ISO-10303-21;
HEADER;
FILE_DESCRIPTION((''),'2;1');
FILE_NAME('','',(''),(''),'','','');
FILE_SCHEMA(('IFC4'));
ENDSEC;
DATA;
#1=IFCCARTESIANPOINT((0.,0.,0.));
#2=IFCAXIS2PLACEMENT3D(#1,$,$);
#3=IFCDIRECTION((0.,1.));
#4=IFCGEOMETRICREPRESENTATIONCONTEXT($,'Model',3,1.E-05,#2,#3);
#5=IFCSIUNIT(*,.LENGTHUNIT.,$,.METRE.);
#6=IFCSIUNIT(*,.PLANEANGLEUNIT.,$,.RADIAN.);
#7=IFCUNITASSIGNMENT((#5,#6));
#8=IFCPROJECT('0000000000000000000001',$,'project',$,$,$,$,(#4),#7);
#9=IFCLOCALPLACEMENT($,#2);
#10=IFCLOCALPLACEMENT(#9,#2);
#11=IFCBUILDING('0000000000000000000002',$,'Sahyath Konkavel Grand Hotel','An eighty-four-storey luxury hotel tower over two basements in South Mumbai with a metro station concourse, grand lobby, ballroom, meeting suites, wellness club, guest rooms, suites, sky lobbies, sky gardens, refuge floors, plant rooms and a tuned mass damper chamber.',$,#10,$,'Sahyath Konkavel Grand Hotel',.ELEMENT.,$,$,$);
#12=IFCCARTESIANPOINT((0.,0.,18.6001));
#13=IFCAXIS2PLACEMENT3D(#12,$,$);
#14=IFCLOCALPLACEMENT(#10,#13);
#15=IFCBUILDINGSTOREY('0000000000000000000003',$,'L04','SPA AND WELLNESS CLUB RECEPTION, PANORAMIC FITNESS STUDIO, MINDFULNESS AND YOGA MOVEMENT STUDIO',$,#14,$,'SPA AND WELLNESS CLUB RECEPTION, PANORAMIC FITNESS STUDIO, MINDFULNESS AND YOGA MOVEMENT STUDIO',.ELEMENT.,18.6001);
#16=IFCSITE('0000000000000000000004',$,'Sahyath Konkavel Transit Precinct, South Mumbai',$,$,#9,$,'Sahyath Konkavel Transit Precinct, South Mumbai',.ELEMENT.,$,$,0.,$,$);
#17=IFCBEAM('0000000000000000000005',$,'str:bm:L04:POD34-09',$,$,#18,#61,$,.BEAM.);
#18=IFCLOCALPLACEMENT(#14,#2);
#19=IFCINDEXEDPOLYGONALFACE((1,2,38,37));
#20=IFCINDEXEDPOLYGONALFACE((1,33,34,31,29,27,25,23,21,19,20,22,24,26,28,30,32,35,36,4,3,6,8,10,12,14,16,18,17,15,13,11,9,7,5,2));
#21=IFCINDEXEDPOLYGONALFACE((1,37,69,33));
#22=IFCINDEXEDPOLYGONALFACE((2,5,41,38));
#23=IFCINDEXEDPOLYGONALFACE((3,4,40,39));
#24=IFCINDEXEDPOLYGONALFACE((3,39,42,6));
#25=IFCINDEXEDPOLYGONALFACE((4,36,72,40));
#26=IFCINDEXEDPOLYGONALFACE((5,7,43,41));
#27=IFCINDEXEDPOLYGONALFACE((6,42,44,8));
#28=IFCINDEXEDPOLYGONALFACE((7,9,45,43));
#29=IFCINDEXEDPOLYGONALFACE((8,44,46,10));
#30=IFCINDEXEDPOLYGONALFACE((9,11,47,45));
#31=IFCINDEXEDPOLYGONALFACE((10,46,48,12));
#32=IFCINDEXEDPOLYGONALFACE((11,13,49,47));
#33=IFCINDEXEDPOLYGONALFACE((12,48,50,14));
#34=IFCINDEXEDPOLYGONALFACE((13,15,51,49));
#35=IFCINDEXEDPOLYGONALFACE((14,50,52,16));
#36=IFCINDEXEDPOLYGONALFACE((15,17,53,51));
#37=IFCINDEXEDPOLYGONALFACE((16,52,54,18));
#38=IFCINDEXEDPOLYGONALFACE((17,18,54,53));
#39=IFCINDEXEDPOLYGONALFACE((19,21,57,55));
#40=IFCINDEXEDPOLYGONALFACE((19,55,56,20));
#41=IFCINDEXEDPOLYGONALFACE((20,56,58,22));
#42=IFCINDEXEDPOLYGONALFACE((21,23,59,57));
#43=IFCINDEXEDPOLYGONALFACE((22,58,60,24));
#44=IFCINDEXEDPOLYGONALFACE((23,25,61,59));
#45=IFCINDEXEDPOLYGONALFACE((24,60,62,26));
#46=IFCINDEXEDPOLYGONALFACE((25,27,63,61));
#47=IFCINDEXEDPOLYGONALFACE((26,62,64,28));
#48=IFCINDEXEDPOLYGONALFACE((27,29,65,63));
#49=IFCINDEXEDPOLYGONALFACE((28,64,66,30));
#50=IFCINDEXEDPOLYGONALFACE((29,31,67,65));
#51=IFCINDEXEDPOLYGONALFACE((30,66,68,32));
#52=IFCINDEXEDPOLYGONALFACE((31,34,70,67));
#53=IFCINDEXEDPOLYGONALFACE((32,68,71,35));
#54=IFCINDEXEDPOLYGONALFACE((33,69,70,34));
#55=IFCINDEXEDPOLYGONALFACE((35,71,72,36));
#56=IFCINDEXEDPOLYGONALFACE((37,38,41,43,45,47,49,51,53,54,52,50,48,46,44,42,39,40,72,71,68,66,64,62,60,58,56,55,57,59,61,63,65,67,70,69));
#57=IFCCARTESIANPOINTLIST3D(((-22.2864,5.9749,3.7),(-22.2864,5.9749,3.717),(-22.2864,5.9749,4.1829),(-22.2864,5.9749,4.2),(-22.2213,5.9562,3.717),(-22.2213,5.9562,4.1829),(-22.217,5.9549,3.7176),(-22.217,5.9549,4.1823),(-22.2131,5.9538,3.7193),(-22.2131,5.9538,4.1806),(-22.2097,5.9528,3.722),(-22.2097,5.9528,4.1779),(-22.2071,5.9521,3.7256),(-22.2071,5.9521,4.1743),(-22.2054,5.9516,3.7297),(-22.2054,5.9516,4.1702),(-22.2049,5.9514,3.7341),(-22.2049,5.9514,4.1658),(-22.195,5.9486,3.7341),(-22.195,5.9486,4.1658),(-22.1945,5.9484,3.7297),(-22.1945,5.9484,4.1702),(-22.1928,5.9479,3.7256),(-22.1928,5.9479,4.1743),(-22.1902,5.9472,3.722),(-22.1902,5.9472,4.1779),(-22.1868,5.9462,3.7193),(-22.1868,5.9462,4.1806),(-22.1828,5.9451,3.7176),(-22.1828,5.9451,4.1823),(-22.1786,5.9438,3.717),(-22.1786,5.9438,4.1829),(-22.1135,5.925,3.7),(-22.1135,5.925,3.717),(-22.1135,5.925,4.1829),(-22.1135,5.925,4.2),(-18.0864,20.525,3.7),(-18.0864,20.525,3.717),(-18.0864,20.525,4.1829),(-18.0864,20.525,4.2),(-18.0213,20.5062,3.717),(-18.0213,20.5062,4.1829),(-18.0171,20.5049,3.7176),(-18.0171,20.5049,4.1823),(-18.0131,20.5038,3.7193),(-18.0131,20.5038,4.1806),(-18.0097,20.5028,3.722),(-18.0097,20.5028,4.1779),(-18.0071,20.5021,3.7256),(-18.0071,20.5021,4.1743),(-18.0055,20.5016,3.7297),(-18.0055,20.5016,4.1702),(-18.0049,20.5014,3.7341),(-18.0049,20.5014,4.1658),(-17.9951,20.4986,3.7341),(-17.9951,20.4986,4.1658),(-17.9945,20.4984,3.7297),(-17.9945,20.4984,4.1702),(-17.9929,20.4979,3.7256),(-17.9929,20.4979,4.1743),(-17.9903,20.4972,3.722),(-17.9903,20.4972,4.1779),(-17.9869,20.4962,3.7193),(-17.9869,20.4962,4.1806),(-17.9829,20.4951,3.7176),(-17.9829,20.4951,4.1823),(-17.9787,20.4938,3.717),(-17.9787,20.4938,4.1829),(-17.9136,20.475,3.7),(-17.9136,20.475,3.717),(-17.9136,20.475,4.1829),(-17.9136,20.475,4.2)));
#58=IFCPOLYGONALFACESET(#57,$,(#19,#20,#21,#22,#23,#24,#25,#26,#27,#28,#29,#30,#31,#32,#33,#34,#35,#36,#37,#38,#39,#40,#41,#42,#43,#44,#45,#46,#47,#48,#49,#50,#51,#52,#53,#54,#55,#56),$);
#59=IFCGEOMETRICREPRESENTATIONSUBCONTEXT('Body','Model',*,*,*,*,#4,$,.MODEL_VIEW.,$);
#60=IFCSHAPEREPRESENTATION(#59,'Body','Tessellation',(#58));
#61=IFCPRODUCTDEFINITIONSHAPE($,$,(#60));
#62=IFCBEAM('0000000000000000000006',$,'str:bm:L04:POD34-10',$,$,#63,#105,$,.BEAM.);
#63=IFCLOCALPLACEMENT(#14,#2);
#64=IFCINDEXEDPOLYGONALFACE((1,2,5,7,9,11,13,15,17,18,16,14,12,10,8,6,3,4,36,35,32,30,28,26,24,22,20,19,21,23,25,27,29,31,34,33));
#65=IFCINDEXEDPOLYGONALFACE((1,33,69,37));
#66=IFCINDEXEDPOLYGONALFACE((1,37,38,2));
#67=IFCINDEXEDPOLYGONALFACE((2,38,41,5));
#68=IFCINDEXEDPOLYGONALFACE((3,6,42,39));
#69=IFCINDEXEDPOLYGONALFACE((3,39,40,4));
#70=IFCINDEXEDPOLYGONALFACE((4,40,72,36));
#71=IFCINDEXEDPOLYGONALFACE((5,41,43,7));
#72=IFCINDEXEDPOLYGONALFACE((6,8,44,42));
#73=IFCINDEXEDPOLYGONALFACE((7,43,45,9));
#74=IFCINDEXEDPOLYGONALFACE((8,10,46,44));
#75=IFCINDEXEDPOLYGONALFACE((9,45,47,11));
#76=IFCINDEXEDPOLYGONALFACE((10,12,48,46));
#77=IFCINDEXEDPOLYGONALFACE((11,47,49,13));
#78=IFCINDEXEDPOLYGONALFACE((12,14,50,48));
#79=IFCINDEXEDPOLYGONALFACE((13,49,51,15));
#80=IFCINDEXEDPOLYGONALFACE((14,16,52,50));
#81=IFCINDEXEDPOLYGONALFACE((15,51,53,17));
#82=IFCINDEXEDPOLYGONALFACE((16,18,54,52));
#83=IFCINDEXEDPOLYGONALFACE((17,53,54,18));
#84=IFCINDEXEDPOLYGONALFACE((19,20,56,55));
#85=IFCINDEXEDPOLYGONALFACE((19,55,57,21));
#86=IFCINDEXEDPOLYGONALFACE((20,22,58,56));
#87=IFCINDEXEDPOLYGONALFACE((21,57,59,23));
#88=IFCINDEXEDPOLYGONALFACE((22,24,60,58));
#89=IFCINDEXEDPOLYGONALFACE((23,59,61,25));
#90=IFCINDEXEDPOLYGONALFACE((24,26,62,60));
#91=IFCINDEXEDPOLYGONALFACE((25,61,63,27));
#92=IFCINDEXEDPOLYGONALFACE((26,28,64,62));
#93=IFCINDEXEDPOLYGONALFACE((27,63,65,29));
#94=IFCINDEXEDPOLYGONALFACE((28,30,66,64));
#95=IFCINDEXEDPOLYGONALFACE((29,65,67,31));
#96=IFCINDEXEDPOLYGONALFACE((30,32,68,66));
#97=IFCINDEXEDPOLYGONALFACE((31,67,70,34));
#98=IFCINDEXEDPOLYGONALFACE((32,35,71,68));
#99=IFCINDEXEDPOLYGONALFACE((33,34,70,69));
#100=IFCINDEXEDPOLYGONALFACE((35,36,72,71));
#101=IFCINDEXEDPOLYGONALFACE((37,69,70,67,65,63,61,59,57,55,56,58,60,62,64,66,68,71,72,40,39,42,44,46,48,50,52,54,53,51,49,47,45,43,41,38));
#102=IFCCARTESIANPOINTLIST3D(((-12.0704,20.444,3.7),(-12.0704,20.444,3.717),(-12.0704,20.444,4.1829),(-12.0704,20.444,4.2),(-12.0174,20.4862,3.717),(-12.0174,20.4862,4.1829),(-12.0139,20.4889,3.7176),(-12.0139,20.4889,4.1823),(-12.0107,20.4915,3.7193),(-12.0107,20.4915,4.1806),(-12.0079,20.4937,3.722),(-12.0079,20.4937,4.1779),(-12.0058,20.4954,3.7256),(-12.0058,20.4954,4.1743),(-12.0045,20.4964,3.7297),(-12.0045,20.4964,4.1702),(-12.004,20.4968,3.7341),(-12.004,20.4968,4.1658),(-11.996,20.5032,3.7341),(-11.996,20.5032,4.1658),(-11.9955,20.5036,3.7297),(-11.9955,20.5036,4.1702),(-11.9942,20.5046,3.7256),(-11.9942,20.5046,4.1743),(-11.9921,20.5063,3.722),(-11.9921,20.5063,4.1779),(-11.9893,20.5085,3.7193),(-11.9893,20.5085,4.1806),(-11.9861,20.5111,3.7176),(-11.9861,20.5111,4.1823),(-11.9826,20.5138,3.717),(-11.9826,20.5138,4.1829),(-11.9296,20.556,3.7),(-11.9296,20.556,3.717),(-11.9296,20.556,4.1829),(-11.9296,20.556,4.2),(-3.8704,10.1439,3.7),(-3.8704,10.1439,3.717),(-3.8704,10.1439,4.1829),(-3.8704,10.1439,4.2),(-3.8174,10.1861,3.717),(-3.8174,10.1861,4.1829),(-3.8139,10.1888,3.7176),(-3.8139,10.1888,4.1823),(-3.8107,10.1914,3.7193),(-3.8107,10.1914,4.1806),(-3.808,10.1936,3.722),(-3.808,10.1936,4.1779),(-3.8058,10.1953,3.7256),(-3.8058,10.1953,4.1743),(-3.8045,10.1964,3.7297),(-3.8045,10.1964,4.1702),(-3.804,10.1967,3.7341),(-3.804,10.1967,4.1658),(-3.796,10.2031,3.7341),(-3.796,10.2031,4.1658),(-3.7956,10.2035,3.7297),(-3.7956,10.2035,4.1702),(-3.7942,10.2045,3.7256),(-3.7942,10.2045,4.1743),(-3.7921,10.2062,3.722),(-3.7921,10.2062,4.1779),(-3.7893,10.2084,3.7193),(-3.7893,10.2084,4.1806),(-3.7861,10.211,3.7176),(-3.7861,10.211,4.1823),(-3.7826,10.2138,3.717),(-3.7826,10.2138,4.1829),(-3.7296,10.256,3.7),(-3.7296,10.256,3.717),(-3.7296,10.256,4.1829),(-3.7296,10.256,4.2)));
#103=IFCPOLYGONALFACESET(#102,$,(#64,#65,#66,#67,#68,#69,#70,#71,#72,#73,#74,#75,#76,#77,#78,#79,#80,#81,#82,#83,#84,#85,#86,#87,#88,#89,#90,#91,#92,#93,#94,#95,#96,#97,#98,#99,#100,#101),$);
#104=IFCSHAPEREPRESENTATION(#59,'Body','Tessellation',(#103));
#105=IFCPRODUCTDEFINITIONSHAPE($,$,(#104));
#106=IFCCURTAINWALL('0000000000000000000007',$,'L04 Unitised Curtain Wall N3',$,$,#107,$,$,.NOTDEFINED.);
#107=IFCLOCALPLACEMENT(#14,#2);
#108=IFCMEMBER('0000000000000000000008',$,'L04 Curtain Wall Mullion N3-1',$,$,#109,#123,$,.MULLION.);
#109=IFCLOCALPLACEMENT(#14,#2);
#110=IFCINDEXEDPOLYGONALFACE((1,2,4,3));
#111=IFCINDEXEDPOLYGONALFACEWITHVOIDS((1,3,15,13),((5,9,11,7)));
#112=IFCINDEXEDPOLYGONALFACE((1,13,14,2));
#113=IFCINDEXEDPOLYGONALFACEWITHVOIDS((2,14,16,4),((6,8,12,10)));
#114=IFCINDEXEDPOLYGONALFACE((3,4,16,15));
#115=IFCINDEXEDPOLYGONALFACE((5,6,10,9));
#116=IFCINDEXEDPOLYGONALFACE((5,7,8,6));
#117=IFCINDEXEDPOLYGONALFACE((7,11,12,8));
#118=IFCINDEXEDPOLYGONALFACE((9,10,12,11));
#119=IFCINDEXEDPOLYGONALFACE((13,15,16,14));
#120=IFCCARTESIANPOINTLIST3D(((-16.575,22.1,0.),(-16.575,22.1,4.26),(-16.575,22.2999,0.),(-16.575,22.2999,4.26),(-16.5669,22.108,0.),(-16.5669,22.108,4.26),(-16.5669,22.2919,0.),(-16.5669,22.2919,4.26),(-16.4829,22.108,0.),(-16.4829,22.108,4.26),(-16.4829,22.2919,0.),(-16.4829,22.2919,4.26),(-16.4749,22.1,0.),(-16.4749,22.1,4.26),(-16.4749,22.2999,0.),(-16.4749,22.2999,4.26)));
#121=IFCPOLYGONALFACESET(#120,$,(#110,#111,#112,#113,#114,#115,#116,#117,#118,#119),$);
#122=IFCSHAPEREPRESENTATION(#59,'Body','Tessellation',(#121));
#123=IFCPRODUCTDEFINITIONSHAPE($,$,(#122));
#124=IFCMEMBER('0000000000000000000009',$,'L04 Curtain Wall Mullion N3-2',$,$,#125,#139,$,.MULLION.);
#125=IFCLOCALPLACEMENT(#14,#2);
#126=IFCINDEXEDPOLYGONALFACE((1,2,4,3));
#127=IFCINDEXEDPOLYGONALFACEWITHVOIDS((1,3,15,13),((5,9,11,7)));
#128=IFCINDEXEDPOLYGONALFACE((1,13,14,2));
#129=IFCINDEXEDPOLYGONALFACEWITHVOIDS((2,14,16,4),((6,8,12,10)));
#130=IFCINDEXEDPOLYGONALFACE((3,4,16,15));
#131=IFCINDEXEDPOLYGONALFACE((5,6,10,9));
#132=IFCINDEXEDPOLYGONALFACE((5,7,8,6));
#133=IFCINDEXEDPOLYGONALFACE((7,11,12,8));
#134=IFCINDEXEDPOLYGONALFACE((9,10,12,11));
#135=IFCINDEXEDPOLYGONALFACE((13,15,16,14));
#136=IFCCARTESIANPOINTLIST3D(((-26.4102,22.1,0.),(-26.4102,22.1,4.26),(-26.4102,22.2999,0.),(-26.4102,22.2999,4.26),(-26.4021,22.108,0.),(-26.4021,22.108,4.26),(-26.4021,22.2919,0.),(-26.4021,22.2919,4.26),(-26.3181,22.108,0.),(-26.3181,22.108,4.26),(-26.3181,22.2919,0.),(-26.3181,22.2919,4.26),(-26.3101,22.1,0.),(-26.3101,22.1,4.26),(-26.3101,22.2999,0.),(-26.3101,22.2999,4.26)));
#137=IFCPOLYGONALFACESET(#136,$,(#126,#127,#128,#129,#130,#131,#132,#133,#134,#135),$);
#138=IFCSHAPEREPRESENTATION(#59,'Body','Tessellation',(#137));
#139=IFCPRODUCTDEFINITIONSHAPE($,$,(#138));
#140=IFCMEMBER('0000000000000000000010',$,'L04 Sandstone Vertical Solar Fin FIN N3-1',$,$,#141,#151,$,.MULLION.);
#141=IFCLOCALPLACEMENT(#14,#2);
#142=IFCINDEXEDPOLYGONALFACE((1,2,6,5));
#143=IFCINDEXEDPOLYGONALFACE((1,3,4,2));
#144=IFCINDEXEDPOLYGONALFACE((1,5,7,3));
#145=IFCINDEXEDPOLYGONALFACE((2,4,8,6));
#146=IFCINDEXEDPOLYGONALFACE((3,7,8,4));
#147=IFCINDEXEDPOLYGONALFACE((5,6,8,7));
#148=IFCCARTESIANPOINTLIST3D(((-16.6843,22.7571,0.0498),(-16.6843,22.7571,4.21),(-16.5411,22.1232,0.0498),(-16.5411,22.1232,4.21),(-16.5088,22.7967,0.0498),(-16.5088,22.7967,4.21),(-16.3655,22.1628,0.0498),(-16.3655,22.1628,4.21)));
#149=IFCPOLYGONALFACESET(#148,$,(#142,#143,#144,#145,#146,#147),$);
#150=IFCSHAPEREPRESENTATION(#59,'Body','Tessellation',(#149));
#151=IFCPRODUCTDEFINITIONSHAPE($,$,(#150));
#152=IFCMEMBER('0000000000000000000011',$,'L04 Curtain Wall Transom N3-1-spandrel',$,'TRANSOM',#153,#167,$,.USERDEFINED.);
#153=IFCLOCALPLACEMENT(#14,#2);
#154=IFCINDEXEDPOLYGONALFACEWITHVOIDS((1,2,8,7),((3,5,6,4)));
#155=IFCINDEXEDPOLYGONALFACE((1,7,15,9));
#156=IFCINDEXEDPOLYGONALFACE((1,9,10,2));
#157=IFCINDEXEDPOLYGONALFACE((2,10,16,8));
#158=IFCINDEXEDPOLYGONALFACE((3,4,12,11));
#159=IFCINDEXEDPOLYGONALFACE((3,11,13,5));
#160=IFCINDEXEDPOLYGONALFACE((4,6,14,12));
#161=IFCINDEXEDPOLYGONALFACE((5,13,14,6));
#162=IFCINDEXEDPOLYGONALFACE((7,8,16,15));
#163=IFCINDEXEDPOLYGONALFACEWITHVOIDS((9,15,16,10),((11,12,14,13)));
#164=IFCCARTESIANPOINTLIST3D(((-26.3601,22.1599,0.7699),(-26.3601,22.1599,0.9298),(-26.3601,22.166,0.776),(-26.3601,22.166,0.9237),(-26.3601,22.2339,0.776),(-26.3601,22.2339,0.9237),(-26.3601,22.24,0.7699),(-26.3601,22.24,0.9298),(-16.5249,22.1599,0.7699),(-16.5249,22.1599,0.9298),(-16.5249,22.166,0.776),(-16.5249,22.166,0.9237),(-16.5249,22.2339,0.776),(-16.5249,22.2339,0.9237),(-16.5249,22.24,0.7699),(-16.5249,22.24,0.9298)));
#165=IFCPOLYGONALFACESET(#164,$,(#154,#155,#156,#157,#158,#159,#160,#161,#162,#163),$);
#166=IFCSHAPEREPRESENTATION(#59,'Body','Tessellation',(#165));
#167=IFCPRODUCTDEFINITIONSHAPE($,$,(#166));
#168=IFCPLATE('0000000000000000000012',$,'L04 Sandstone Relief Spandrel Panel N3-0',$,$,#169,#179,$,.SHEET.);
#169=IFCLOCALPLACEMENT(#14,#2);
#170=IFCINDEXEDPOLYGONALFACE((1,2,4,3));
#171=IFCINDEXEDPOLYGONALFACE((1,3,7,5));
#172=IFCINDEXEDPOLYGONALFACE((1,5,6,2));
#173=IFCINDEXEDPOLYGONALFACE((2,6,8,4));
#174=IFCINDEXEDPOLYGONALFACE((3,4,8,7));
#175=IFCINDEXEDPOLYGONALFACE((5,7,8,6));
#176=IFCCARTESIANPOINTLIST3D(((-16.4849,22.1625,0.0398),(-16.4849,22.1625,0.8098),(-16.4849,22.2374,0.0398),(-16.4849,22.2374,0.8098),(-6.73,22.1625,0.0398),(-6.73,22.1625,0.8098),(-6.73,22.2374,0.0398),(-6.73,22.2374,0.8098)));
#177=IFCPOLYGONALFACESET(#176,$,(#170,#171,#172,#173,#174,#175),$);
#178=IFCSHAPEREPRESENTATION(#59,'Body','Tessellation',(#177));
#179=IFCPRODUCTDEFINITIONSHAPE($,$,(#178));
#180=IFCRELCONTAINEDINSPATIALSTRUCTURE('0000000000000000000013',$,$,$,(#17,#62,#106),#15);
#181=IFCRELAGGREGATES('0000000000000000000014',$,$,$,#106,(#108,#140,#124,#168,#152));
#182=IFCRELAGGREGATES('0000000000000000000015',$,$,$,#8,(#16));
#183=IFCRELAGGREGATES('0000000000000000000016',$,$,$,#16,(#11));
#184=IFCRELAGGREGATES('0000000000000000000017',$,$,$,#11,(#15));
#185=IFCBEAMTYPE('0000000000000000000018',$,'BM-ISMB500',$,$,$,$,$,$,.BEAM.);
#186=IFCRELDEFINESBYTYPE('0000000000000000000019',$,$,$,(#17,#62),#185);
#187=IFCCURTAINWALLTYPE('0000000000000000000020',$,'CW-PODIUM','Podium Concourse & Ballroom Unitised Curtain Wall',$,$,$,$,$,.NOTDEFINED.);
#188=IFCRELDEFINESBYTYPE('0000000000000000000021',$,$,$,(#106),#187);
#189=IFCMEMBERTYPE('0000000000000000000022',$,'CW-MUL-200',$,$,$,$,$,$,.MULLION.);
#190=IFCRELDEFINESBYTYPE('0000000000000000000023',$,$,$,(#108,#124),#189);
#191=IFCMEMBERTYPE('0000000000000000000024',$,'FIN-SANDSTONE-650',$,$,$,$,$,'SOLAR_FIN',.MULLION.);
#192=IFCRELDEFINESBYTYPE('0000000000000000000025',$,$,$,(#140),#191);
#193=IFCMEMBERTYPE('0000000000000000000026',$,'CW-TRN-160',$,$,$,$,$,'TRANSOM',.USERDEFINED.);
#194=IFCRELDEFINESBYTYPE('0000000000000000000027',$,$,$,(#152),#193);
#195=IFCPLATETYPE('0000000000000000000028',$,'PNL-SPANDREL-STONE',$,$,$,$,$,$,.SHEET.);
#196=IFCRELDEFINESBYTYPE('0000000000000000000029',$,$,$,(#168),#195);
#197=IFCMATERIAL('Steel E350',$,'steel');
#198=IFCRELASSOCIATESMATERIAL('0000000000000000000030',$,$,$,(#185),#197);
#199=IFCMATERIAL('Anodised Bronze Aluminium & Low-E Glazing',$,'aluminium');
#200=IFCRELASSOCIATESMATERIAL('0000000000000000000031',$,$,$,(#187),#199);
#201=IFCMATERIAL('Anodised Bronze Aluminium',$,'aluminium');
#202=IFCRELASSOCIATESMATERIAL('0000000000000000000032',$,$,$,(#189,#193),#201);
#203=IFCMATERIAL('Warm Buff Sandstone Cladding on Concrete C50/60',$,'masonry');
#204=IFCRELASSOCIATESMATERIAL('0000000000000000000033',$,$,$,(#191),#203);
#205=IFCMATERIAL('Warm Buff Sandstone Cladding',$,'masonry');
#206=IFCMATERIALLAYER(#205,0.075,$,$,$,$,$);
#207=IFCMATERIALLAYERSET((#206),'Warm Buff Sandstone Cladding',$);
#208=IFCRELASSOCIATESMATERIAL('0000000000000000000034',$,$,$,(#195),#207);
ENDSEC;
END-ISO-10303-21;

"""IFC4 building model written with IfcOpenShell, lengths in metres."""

from ifc_helpers import new_model, si_unit, direction, frame, origin, origin_2d, place, context, subcontext, project, spatial, rectangle, hollow_rectangle, i_section, extrude, source, transform, mapped, material, layer, layer_set, material_profile, profile_set, type_object, element, aggregate, save


model = new_model("IFC4")

# Units and contexts
model_context = context("Model", 3, precision=1e-05, world=origin(), true_north=direction((0.0, 1.0)))
body_context = subcontext(model_context, "Body", "Model", "MODEL_VIEW")
ifc_project = project(units=[si_unit("LENGTHUNIT", "METRE"), si_unit("PLANEANGLEUNIT", "RADIAN")], contexts=[model_context])

# Site, building, storey
site_placement = place(None, origin())
site = spatial("IfcSite", under=ifc_project, at=site_placement, Name="Sahyath Konkavel Transit Precinct, South Mumbai", LongName="Sahyath Konkavel Transit Precinct, South Mumbai", CompositionType="ELEMENT", RefElevation=0.0)
building_placement = place(site_placement, origin())
building = spatial("IfcBuilding", under=site, at=building_placement, Name="Sahyath Konkavel Grand Hotel", Description="An eighty-four-storey luxury hotel tower over two basements in South Mumbai with a metro station concourse, grand lobby, ballroom, meeting suites, wellness club, guest rooms, suites, sky lobbies, sky gardens, refuge floors, plant rooms and a tuned mass damper chamber.", LongName="Sahyath Konkavel Grand Hotel", CompositionType="ELEMENT")
storey_placement = place(building_placement, frame((0.0, 0.0, 18.6001)))
storey = spatial("IfcBuildingStorey", under=building, at=storey_placement, Name="L04", Description="SPA AND WELLNESS CLUB RECEPTION, PANORAMIC FITNESS STUDIO, MINDFULNESS AND YOGA MOVEMENT STUDIO", LongName="SPA AND WELLNESS CLUB RECEPTION, PANORAMIC FITNESS STUDIO, MINDFULNESS AND YOGA MOVEMENT STUDIO", CompositionType="ELEMENT", Elevation=18.6001)

# Shared definitions
ifc_material_1 = material(Name="Steel E350", Category="steel")

# Beams
ifc_material_profile_1 = material_profile(ifc_material_1, i_section(OverallWidth=0.1799, OverallDepth=0.5, WebThickness=0.0103, FlangeThickness=0.0171, FilletRadius=0.0171, at=origin_2d()), Name="ISMB 500")
ifc_profile_set_1 = profile_set([ifc_material_profile_1], Name="Steel E350")
beam_type = type_object("IfcBeamType", Name="BM-ISMB500", PredefinedType="BEAM", material=ifc_profile_set_1)
shared_shape_1 = source(origin(), body_context, "Body", "SweptSolid", [
    extrude(i_section(OverallWidth=0.1799, OverallDepth=0.5, WebThickness=0.0103, FlangeThickness=0.0171, FilletRadius=0.0171, at=origin_2d()), origin(), (0.0, 0.0, 1.0), 15.144),
])
beam_1_placement = place(storey_placement, frame((-18.0, 20.5, 3.95), z_axis=(-0.277333, -0.960774, 0.0), x_axis=(0.960774, -0.277333, 0.0)))
element("IfcBeam", 1, at=beam_1_placement, inside=storey, type_object=beam_type, Name="str:bm:L04:POD34-09", PredefinedType="BEAM", context=body_context, shape_type="MappedRepresentation", body=[
    mapped(shared_shape_1, transform((0.0, 0.0, 0.0), scale=1.0)),
])
shared_shape_2 = source(origin(), body_context, "Body", "SweptSolid", [
    extrude(i_section(OverallWidth=0.1799, OverallDepth=0.5, WebThickness=0.0103, FlangeThickness=0.0171, FilletRadius=0.0171, at=origin_2d()), origin(), (0.0, 0.0, 1.0), 13.1655),
])
beam_2_placement = place(storey_placement, frame((-12.0, 20.5, 3.95), z_axis=(0.622837, -0.782352, 0.0), x_axis=(0.782352, 0.622837, 0.0)))
element("IfcBeam", 2, at=beam_2_placement, inside=storey, type_object=beam_type, Name="str:bm:L04:POD34-10", PredefinedType="BEAM", context=body_context, shape_type="MappedRepresentation", body=[
    mapped(shared_shape_2, transform((0.0, 0.0, 0.0), scale=1.0)),
])

# Curtain wall, members, plate
ifc_material_2 = material(Name="Anodised Bronze Aluminium & Low-E Glazing", Category="aluminium")
curtain_wall_type = type_object("IfcCurtainWallType", Name="CW-PODIUM", Description="Podium Concourse & Ballroom Unitised Curtain Wall", PredefinedType="NOTDEFINED", material=ifc_material_2)
curtain_wall_placement = place(storey_placement, origin())
curtain_wall = element("IfcCurtainWall", 3, at=curtain_wall_placement, inside=storey, type_object=curtain_wall_type, Name="L04 Unitised Curtain Wall N3", PredefinedType="NOTDEFINED")
ifc_material_3 = material(Name="Anodised Bronze Aluminium", Category="aluminium")
ifc_material_profile_2 = material_profile(ifc_material_3, hollow_rectangle(XDim=0.1001, YDim=0.2, WallThickness=0.0081, at=origin_2d()), Name="RHS 200x100x8")
ifc_profile_set_2 = profile_set([ifc_material_profile_2], Name="Anodised Bronze Aluminium")
member_type_1 = type_object("IfcMemberType", Name="CW-MUL-200", PredefinedType="MULLION", material=ifc_profile_set_2)
shared_shape_3 = source(origin(), body_context, "Body", "SweptSolid", [
    extrude(hollow_rectangle(XDim=0.1001, YDim=0.2, WallThickness=0.0081, at=origin_2d()), origin(), (0.0, 0.0, 1.0), 4.26),
])
member_1_placement = place(storey_placement, frame((-16.5249, 22.2, 0.0), z_axis=(0.0, 0.0, 1.0), x_axis=(1.0, 0.0, 0.0)))
member_1 = element("IfcMember", 4, at=member_1_placement, type_object=member_type_1, Name="L04 Curtain Wall Mullion N3-1", PredefinedType="MULLION", context=body_context, shape_type="MappedRepresentation", body=[
    mapped(shared_shape_3, transform((0.0, 0.0, 0.0), scale=1.0)),
])
member_2_placement = place(storey_placement, frame((-26.3601, 22.2, 0.0), z_axis=(0.0, 0.0, 1.0), x_axis=(1.0, 0.0, 0.0)))
member_2 = element("IfcMember", 5, at=member_2_placement, type_object=member_type_1, Name="L04 Curtain Wall Mullion N3-2", PredefinedType="MULLION", context=body_context, shape_type="MappedRepresentation", body=[
    mapped(shared_shape_3, transform((0.0, 0.0, 0.0), scale=1.0)),
])
ifc_material_4 = material(Name="Warm Buff Sandstone Cladding on Concrete C50/60", Category="masonry")
ifc_material_profile_3 = material_profile(ifc_material_4, rectangle(XDim=0.1799, YDim=0.6499, at=origin_2d()), Name="FIN 180x650")
ifc_profile_set_3 = profile_set([ifc_material_profile_3], Name="Warm Buff Sandstone Cladding on Concrete C50/60")
member_type_2 = type_object("IfcMemberType", Name="FIN-SANDSTONE-650", ElementType="SOLAR_FIN", PredefinedType="MULLION", material=ifc_profile_set_3)
shared_shape_4 = source(origin(), body_context, "Body", "SweptSolid", [
    extrude(rectangle(XDim=0.1799, YDim=0.6499, at=origin_2d()), origin(), (0.0, 0.0, 1.0), 4.1602),
])
member_3_placement = place(storey_placement, frame((-16.5249, 22.46, 0.0498), z_axis=(0.0, 0.0, 1.0), x_axis=(0.975419, 0.220357, 0.0)))
member_3 = element("IfcMember", 6, at=member_3_placement, type_object=member_type_2, Name="L04 Sandstone Vertical Solar Fin FIN N3-1", PredefinedType="MULLION", context=body_context, shape_type="MappedRepresentation", body=[
    mapped(shared_shape_4, transform((0.0, 0.0, 0.0), scale=1.0)),
])
ifc_material_profile_4 = material_profile(ifc_material_3, hollow_rectangle(XDim=0.0801, YDim=0.1599, WallThickness=0.0061, at=origin_2d()), Name="RHS 160x80x6")
ifc_profile_set_4 = profile_set([ifc_material_profile_4], Name="Anodised Bronze Aluminium")
member_type_3 = type_object("IfcMemberType", Name="CW-TRN-160", ElementType="TRANSOM", PredefinedType="USERDEFINED", material=ifc_profile_set_4)
shared_shape_5 = source(origin(), body_context, "Body", "SweptSolid", [
    extrude(hollow_rectangle(XDim=0.0801, YDim=0.1599, WallThickness=0.0061, at=origin_2d()), origin(), (0.0, 0.0, 1.0), 9.8352),
])
member_4_placement = place(storey_placement, frame((-16.5249, 22.2, 0.8499), z_axis=(-1.0, 0.0, 0.0), x_axis=(0.0, -1.0, 0.0)))
member_4 = element("IfcMember", 7, at=member_4_placement, type_object=member_type_3, Name="L04 Curtain Wall Transom N3-1-spandrel", ObjectType="TRANSOM", PredefinedType="USERDEFINED", context=body_context, shape_type="MappedRepresentation", body=[
    mapped(shared_shape_5, transform((0.0, 0.0, 0.0), scale=1.0)),
])
ifc_material_5 = material(Name="Warm Buff Sandstone Cladding", Category="masonry")
ifc_layer_1 = layer(ifc_material_5, 0.075)
ifc_layer_set_1 = layer_set([ifc_layer_1], Name="Warm Buff Sandstone Cladding")
plate_type_1 = type_object("IfcPlateType", Name="PNL-SPANDREL-STONE", PredefinedType="SHEET", material=ifc_layer_set_1)
shared_shape_6 = source(origin(), body_context, "Body", "SweptSolid", [
    extrude(rectangle(XDim=9.7549, YDim=0.075, at=origin_2d()), origin(), (0.0, 0.0, 1.0), 0.77),
])
plate_1_placement = place(storey_placement, frame((-11.6074, 22.2, 0.0398), z_axis=(0.0, 0.0, 1.0), x_axis=(-1.0, 0.0, 0.0)))
plate_1 = element("IfcPlate", 8, at=plate_1_placement, type_object=plate_type_1, Name="L04 Sandstone Relief Spandrel Panel N3-0", PredefinedType="SHEET", context=body_context, shape_type="MappedRepresentation", body=[
    mapped(shared_shape_6, transform((0.0, 0.0, 0.0), scale=1.0)),
])
aggregate(curtain_wall, [member_1, member_3, member_2, plate_1, member_4])

save(model, "model.ifc")
